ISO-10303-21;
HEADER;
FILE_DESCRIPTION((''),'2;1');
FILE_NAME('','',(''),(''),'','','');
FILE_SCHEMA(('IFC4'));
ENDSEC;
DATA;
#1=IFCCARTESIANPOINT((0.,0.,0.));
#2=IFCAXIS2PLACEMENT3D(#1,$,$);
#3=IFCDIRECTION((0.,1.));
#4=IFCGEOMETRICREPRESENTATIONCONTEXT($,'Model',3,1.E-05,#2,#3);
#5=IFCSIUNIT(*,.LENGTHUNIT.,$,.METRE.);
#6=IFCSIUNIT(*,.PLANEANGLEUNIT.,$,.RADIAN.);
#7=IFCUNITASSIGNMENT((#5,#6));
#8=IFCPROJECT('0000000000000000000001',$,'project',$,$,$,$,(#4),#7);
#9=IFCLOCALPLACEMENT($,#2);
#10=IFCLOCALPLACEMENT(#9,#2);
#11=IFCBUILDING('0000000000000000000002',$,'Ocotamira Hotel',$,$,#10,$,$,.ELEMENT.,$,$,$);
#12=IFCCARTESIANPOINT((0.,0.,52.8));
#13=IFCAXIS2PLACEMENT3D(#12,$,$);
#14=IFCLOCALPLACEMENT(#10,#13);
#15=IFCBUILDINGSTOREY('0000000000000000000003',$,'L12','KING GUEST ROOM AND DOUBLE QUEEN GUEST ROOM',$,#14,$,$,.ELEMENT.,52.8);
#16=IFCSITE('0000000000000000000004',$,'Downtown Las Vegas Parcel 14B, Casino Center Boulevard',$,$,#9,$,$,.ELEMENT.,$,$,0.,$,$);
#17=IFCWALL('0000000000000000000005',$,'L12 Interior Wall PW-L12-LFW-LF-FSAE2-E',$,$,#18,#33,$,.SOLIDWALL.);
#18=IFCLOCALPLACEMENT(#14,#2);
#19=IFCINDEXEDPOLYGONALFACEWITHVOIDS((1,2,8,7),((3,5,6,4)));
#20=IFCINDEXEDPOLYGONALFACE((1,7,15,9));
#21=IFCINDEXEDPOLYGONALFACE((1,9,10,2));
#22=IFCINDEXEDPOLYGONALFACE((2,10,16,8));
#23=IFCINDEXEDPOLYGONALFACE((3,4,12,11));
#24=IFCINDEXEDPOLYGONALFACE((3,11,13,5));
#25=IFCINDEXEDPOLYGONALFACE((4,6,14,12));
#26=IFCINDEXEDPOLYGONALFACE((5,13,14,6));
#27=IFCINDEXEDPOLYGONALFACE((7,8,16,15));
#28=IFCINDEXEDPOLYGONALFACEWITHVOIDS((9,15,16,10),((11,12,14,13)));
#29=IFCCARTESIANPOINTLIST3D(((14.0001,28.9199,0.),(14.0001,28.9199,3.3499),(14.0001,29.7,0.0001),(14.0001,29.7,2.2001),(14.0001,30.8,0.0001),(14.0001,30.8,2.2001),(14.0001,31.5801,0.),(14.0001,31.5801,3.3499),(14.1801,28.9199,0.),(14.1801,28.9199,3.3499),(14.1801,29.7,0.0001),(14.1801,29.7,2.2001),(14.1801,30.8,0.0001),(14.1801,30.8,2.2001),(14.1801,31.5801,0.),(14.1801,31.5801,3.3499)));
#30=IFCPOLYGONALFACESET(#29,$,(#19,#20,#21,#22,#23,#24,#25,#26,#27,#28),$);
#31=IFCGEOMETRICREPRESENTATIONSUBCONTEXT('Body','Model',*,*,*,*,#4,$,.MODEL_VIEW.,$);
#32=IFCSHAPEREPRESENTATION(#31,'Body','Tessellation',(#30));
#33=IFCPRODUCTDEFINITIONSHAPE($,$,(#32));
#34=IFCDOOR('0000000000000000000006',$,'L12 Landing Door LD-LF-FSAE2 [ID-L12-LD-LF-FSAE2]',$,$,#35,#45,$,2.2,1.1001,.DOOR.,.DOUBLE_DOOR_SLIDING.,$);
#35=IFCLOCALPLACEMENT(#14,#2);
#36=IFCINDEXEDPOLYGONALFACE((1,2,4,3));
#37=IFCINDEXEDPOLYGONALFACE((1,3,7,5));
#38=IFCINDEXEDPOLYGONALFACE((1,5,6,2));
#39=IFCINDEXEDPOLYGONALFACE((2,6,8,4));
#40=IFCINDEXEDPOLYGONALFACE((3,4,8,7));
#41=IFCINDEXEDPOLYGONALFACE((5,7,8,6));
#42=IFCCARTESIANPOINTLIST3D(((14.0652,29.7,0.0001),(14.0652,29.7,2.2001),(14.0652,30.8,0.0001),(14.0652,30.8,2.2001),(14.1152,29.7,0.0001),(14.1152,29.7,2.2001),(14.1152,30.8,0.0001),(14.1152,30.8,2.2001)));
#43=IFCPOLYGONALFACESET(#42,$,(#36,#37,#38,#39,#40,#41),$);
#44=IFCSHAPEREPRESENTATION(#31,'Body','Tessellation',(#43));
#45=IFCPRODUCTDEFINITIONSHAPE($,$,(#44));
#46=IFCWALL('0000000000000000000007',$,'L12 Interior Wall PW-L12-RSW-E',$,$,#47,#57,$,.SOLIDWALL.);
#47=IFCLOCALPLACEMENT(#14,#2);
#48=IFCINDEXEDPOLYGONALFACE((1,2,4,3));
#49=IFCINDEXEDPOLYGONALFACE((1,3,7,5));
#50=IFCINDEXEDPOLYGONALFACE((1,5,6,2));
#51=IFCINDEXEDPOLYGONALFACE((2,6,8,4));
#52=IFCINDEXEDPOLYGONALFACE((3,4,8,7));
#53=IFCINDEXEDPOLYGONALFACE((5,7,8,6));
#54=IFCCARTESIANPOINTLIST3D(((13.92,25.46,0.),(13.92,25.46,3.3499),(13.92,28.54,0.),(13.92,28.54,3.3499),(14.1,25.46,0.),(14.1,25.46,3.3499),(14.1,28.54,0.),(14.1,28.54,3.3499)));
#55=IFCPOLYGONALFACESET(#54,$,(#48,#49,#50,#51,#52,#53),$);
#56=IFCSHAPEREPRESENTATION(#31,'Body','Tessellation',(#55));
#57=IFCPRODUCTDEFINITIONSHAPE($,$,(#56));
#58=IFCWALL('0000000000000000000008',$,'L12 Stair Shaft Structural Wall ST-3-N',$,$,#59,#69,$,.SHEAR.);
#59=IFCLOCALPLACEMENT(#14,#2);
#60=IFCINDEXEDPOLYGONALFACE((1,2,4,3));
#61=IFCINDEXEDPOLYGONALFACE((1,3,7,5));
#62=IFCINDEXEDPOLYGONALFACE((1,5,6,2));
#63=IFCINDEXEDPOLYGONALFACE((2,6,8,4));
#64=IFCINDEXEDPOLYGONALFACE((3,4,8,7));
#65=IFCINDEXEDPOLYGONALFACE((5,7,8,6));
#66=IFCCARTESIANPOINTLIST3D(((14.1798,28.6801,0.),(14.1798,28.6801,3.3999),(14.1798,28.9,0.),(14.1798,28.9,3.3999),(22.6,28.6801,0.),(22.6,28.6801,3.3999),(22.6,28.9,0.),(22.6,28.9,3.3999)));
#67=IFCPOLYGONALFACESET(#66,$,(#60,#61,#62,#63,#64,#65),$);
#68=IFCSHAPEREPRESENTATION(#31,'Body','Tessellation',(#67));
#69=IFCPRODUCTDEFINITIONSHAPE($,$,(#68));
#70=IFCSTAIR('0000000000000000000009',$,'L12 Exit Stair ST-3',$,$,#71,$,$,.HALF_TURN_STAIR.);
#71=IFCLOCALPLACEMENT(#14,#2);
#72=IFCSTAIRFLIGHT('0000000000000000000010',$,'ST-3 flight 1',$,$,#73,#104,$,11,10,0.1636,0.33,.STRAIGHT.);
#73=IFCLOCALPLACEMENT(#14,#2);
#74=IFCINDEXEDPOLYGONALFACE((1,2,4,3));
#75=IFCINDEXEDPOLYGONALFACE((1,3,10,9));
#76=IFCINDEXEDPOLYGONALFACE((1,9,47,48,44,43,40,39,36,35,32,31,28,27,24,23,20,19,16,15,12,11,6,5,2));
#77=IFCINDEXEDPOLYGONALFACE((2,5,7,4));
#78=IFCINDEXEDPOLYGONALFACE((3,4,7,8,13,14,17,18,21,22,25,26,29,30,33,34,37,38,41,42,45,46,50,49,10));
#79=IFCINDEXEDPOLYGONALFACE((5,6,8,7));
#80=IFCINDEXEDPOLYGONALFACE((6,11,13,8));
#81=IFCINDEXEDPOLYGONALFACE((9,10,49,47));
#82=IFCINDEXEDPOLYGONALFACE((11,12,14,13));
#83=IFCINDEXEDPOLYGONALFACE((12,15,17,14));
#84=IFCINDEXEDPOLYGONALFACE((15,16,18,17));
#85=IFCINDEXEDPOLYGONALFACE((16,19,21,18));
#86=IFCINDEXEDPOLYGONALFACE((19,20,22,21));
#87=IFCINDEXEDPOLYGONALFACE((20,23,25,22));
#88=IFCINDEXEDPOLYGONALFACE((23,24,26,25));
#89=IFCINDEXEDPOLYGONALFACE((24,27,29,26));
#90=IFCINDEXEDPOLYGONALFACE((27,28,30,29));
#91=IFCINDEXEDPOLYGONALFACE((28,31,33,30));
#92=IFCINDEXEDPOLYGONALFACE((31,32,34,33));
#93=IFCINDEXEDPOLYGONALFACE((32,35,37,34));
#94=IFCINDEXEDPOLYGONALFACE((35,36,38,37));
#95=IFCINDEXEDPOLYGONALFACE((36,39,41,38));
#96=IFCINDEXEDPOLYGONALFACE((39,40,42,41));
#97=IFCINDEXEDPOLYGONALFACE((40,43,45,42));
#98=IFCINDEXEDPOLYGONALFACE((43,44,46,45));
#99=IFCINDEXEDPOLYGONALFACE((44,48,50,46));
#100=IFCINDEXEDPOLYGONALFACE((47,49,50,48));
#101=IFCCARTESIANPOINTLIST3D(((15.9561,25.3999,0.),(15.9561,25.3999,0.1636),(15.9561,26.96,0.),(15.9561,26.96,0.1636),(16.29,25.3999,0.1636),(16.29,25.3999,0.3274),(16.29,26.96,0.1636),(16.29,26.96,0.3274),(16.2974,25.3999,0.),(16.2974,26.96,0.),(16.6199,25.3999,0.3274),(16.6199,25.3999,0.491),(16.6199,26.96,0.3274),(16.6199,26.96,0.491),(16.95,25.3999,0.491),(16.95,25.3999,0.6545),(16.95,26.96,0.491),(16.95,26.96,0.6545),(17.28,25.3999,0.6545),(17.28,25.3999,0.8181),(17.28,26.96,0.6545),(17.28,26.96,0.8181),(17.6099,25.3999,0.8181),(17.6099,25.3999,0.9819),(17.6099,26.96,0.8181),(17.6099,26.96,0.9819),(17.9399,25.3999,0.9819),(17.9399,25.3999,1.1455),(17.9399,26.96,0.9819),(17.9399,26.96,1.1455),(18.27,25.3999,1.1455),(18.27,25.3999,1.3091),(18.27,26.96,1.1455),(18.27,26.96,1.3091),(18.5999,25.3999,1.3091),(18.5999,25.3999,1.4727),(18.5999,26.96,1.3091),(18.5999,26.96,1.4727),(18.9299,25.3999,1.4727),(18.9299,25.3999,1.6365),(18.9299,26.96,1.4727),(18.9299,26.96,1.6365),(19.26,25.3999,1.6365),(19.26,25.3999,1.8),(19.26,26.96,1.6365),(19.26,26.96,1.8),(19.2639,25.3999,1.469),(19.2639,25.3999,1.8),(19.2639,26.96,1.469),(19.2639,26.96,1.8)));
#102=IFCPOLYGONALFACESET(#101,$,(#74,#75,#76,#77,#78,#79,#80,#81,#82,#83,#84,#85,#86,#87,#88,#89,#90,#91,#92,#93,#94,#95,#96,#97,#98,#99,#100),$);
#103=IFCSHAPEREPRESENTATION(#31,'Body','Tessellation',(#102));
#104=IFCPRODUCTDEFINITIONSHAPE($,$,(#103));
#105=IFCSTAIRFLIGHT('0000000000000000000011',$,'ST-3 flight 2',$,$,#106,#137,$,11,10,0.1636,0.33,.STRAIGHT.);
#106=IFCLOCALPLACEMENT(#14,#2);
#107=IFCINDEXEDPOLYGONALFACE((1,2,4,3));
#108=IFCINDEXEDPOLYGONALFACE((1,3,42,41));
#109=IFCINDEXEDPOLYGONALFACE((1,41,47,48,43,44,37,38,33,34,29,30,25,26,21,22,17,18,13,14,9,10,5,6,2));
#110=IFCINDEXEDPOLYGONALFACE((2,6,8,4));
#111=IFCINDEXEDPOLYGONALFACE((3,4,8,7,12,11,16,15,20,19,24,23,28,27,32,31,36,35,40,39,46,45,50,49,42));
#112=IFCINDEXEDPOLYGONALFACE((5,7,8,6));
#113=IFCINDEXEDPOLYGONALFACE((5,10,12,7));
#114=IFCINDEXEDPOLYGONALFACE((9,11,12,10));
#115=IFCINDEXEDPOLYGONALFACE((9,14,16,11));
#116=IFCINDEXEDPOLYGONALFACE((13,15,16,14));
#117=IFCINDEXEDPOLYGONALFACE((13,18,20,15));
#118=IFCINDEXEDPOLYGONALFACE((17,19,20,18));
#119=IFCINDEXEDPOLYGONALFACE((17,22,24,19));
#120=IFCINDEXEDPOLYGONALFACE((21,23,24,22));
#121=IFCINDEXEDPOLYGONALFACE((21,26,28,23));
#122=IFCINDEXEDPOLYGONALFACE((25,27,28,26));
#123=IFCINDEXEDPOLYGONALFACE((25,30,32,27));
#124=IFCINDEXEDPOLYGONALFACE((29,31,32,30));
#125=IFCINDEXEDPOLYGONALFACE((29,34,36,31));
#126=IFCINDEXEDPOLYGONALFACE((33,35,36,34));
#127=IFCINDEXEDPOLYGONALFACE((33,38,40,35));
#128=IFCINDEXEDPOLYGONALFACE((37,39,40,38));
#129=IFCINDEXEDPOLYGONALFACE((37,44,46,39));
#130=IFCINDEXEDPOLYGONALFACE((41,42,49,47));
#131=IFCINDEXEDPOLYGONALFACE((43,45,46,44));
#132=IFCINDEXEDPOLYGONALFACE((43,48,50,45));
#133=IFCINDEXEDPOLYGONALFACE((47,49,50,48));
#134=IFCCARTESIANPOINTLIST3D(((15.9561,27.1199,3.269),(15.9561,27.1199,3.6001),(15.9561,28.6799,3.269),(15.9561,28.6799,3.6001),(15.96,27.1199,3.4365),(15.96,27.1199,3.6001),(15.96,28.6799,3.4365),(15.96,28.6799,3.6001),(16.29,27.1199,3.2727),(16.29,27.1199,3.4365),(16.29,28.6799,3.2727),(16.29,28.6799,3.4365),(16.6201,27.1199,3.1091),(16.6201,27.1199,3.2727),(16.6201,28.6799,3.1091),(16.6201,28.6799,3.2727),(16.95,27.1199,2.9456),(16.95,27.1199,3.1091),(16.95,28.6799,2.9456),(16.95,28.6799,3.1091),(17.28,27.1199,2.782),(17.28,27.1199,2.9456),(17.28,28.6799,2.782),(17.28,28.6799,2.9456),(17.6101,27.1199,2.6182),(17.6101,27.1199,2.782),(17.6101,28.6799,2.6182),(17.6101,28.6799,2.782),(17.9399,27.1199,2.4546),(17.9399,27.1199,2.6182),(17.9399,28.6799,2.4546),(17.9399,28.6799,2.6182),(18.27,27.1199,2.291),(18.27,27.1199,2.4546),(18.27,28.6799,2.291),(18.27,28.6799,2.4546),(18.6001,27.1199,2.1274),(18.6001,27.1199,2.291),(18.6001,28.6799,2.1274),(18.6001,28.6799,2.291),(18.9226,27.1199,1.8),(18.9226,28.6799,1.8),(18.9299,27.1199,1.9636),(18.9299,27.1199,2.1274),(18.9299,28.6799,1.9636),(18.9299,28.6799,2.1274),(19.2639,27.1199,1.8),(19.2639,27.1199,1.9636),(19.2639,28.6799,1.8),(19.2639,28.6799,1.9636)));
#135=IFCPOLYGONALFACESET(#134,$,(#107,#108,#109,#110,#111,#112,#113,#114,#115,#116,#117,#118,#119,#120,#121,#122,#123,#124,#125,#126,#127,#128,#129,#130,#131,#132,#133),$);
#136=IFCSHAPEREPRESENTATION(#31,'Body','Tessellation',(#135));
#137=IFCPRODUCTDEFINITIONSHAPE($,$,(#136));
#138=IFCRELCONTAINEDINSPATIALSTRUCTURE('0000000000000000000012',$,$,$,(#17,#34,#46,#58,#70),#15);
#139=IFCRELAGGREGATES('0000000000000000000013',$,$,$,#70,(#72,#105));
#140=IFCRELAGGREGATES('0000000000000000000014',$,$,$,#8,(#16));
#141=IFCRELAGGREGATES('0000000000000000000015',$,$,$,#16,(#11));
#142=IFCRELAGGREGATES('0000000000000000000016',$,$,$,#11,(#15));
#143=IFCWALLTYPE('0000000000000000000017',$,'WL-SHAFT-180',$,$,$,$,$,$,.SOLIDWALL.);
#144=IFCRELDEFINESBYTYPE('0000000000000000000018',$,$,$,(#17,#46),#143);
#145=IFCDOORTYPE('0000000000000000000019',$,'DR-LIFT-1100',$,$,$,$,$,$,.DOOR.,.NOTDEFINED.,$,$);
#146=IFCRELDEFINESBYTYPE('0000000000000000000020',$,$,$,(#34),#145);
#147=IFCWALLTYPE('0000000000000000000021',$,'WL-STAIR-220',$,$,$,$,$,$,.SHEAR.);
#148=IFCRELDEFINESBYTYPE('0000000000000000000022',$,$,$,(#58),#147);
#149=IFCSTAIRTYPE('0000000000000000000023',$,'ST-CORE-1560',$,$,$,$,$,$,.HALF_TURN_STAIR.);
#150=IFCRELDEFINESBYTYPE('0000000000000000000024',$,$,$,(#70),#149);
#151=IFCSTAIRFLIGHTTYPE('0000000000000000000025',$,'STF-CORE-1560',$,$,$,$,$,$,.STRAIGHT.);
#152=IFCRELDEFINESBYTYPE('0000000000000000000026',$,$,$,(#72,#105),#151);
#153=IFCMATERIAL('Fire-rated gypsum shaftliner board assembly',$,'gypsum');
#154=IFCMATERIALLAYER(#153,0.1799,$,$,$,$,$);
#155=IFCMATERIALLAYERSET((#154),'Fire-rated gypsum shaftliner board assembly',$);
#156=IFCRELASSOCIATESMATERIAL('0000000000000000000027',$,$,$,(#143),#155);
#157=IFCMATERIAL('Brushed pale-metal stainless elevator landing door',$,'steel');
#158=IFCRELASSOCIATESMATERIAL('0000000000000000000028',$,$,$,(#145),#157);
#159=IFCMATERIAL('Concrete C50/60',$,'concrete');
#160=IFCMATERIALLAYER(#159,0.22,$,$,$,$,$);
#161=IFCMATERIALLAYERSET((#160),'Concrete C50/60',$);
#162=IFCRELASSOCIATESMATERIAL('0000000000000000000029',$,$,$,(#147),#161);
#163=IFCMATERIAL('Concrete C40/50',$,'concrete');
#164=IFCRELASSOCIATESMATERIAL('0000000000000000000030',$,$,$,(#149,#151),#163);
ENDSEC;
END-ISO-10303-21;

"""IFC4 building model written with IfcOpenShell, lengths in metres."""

from ifc_helpers import new_model, si_unit, direction, frame, frame_2d, origin, place, context, subcontext, project, spatial, polyline, rectangle, outline, extrude, source, transform, mapped, material, layer, layer_set, type_object, element, fill, aggregate, save


model = new_model("IFC4")

# Units and contexts
model_context = context("Model", 3, precision=1e-05, world=origin(), true_north=direction((0.0, 1.0)))
body_context = subcontext(model_context, "Body", "Model", "MODEL_VIEW")
ifc_project = project(units=[si_unit("LENGTHUNIT", "METRE"), si_unit("PLANEANGLEUNIT", "RADIAN")], contexts=[model_context])

# Site, building, storey
site_placement = place(None, origin())
site = spatial("IfcSite", under=ifc_project, at=site_placement, Name="Downtown Las Vegas Parcel 14B, Casino Center Boulevard", CompositionType="ELEMENT", RefElevation=0.0)
building_placement = place(site_placement, origin())
building = spatial("IfcBuilding", under=site, at=building_placement, Name="Ocotamira Hotel", CompositionType="ELEMENT")
storey_placement = place(building_placement, frame((0.0, 0.0, 52.8)))
storey = spatial("IfcBuildingStorey", under=building, at=storey_placement, Name="L12", Description="KING GUEST ROOM AND DOUBLE QUEEN GUEST ROOM", CompositionType="ELEMENT", Elevation=52.8)

# Shared definitions
ifc_material_1 = material(Name="Fire-rated gypsum shaftliner board assembly", Category="gypsum")
ifc_layer_1 = layer(ifc_material_1, 0.1799)
ifc_layer_set_1 = layer_set([ifc_layer_1], Name="Fire-rated gypsum shaftliner board assembly")
wall_type_1 = type_object("IfcWallType", Name="WL-SHAFT-180", PredefinedType="SOLIDWALL", material=ifc_layer_set_1)

# Wall, opening, door
wall_1_placement = place(storey_placement, frame((14.0901, 28.9199, 0.0), z_axis=(0.0, 0.0, 1.0), x_axis=(0.0, 1.0, 0.0)))
wall_1 = element("IfcWall", 1, at=wall_1_placement, inside=storey, type_object=wall_type_1, Name="L12 Interior Wall PW-L12-LFW-LF-FSAE2-E", PredefinedType="SOLIDWALL", context=body_context, shape_type="SweptSolid", body=[
    extrude(rectangle(XDim=2.6602, YDim=0.1799, at=frame_2d((1.3301, 0.0))), origin(), (0.0, 0.0, 1.0), 3.3499),
])
opening_1_placement = place(wall_1_placement, frame((0.78, 0.0, 0.0)))
opening_1 = element("IfcOpeningElement", 2, at=opening_1_placement, cuts=wall_1, PredefinedType="OPENING", context=body_context, shape_type="SweptSolid", body=[
    extrude(rectangle(XDim=1.1001, YDim=2.2, at=frame_2d((0.55, 1.1001))), frame((0.0, 0.1001, 0.0), z_axis=(0.0, -1.0, 0.0), x_axis=(1.0, 0.0, 0.0)), (0.0, 0.0, 1.0), 0.2),
])
ifc_material_2 = material(Name="Brushed pale-metal stainless elevator landing door", Category="steel")
door_type_1 = type_object("IfcDoorType", Name="DR-LIFT-1100", OperationType="NOTDEFINED", PredefinedType="DOOR", material=ifc_material_2)
shared_shape_1 = source(origin(), body_context, "Body", "SweptSolid", [
    extrude(rectangle(XDim=1.1001, YDim=2.2, at=frame_2d((0.55, 1.1001))), frame((0.0, 0.0249, 0.0), z_axis=(0.0, -1.0, 0.0), x_axis=(1.0, 0.0, 0.0)), (0.0, 0.0, 1.0), 0.05),
])
door_1_placement = place(opening_1_placement, origin())
door_1 = element("IfcDoor", 3, at=door_1_placement, inside=storey, type_object=door_type_1, Name="L12 Landing Door LD-LF-FSAE2 [ID-L12-LD-LF-FSAE2]", OperationType="DOUBLE_DOOR_SLIDING", OverallHeight=2.2, OverallWidth=1.1001, PredefinedType="DOOR", context=body_context, shape_type="MappedRepresentation", body=[
    mapped(shared_shape_1, transform((0.0, 0.0, 0.0), scale=1.0)),
])
fill(opening_1, door_1)

# Walls
wall_2_placement = place(storey_placement, frame((14.01, 25.46, 0.0), z_axis=(0.0, 0.0, 1.0), x_axis=(0.0, 1.0, 0.0)))
element("IfcWall", 4, at=wall_2_placement, inside=storey, type_object=wall_type_1, Name="L12 Interior Wall PW-L12-RSW-E", PredefinedType="SOLIDWALL", context=body_context, shape_type="SweptSolid", body=[
    extrude(rectangle(XDim=3.0801, YDim=0.1799, at=frame_2d((1.54, 0.0))), origin(), (0.0, 0.0, 1.0), 3.3499),
])
ifc_material_3 = material(Name="Concrete C50/60", Category="concrete")
ifc_layer_2 = layer(ifc_material_3, 0.22)
ifc_layer_set_2 = layer_set([ifc_layer_2], Name="Concrete C50/60")
wall_type_2 = type_object("IfcWallType", Name="WL-STAIR-220", PredefinedType="SHEAR", material=ifc_layer_set_2)
wall_3_placement = place(storey_placement, frame((14.1799, 28.79, 0.0), z_axis=(0.0, 0.0, 1.0), x_axis=(1.0, 0.0, 0.0)))
element("IfcWall", 5, at=wall_3_placement, inside=storey, type_object=wall_type_2, Name="L12 Stair Shaft Structural Wall ST-3-N", PredefinedType="SHEAR", context=body_context, shape_type="SweptSolid", body=[
    extrude(rectangle(XDim=8.4202, YDim=0.22, at=frame_2d((4.21, 0.0))), origin(), (0.0, 0.0, 1.0), 3.3999),
])

# Stair, stair flights
ifc_material_4 = material(Name="Concrete C40/50", Category="concrete")
stair_type = type_object("IfcStairType", Name="ST-CORE-1560", PredefinedType="HALF_TURN_STAIR", material=ifc_material_4)
stair_placement = place(storey_placement, origin())
stair = element("IfcStair", 6, at=stair_placement, inside=storey, type_object=stair_type, Name="L12 Exit Stair ST-3", PredefinedType="HALF_TURN_STAIR")
stair_flight_type = type_object("IfcStairFlightType", Name="STF-CORE-1560", PredefinedType="STRAIGHT", material=ifc_material_4)
shared_shape_2 = source(origin(), body_context, "Body", "SweptSolid", [
    extrude(outline(polyline([(-0.0039, 0.0), (-0.0039, 0.1636), (0.3301, 0.1636), (0.3301, 0.3274), (0.6599, 0.3274), (0.6599, 0.491), (0.99, 0.491), (0.99, 0.6545), (1.3201, 0.6545), (1.3201, 0.8181), (1.6499, 0.8181), (1.6499, 0.9819), (1.98, 0.9819), (1.98, 1.1455), (2.3101, 1.1455), (2.3101, 1.3091), (2.6399, 1.3091), (2.6399, 1.4727), (2.97, 1.4727), (2.97, 1.6365), (3.3, 1.6365), (3.3, 1.8), (3.304, 1.8), (3.304, 1.469), (0.3374, 0.0), (-0.0039, 0.0)])), frame((0.0, 0.78, 0.0), z_axis=(0.0, -1.0, 0.0), x_axis=(1.0, 0.0, 0.0)), (0.0, 0.0, 1.0), 1.5601),
])
stair_flight_1_placement = place(storey_placement, frame((15.96, 26.1799, 0.0), z_axis=(0.0, 0.0, 1.0), x_axis=(1.0, 0.0, 0.0)))
stair_flight_1 = element("IfcStairFlight", 7, at=stair_flight_1_placement, type_object=stair_flight_type, Name="ST-3 flight 1", NumberOfRisers=11, NumberOfTreads=10, PredefinedType="STRAIGHT", RiserHeight=0.1636, TreadLength=0.33, context=body_context, shape_type="MappedRepresentation", body=[
    mapped(shared_shape_2, transform((0.0, 0.0, 0.0), scale=1.0)),
])
stair_flight_2_placement = place(storey_placement, frame((19.26, 27.8999, 1.8), z_axis=(0.0, 0.0, 1.0), x_axis=(-1.0, 0.0, 0.0)))
stair_flight_2 = element("IfcStairFlight", 8, at=stair_flight_2_placement, type_object=stair_flight_type, Name="ST-3 flight 2", NumberOfRisers=11, NumberOfTreads=10, PredefinedType="STRAIGHT", RiserHeight=0.1636, TreadLength=0.33, context=body_context, shape_type="MappedRepresentation", body=[
    mapped(shared_shape_2, transform((0.0, 0.0, 0.0), scale=1.0)),
])
aggregate(stair, [stair_flight_1, stair_flight_2])

save(model, "model.ifc")
